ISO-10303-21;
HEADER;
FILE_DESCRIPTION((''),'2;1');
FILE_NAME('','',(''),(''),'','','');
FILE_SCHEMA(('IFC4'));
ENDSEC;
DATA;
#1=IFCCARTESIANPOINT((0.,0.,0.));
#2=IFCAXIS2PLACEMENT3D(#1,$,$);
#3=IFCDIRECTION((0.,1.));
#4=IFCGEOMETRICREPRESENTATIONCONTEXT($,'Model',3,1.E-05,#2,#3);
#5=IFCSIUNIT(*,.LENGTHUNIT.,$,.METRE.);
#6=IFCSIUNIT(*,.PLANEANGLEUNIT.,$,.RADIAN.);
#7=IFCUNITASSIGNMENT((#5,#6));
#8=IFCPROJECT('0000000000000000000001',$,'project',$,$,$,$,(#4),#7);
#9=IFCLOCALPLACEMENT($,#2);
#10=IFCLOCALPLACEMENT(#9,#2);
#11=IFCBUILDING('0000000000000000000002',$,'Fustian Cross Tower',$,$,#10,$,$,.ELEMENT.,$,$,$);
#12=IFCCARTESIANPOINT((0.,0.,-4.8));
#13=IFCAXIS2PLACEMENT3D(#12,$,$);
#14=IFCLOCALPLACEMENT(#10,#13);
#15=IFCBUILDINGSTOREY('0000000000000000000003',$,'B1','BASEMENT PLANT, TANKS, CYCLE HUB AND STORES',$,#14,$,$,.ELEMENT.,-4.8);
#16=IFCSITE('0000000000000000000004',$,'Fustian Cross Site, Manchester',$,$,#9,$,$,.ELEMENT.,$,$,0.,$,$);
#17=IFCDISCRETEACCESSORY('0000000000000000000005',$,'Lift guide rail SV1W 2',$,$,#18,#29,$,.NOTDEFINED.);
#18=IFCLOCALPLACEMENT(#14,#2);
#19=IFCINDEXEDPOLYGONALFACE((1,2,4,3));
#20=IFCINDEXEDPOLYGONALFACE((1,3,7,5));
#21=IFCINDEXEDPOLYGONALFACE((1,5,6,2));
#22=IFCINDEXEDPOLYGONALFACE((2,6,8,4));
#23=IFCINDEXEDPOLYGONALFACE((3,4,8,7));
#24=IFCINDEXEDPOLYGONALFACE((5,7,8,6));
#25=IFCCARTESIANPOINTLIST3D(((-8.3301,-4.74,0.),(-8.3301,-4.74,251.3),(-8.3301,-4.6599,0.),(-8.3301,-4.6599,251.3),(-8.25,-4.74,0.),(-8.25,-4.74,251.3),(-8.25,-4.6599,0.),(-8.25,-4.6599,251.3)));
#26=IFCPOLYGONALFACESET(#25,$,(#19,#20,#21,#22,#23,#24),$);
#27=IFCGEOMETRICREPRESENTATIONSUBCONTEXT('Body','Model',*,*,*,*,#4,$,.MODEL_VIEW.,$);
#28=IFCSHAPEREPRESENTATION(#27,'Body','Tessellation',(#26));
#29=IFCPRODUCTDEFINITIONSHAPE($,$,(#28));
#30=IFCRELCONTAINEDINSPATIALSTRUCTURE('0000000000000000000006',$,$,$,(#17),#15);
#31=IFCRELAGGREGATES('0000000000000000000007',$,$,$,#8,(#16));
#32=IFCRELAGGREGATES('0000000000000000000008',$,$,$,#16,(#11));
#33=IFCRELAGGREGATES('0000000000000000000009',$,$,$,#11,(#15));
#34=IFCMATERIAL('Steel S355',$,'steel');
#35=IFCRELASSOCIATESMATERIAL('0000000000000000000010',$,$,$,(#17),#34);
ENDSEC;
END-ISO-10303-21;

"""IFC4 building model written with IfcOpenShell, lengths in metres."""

from ifc_helpers import new_model, si_unit, direction, frame, origin, origin_2d, place, context, subcontext, project, spatial, rectangle, extrude, material, element, save


model = new_model("IFC4")

# Units and contexts
model_context = context("Model", 3, precision=1e-05, world=origin(), true_north=direction((0.0, 1.0)))
body_context = subcontext(model_context, "Body", "Model", "MODEL_VIEW")
ifc_project = project(units=[si_unit("LENGTHUNIT", "METRE"), si_unit("PLANEANGLEUNIT", "RADIAN")], contexts=[model_context])

# Site, building, storey
site_placement = place(None, origin())
site = spatial("IfcSite", under=ifc_project, at=site_placement, Name="Fustian Cross Site, Manchester", CompositionType="ELEMENT", RefElevation=0.0)
building_placement = place(site_placement, origin())
building = spatial("IfcBuilding", under=site, at=building_placement, Name="Fustian Cross Tower", CompositionType="ELEMENT")
storey_placement = place(building_placement, frame((0.0, 0.0, -4.8)))
storey = spatial("IfcBuildingStorey", under=building, at=storey_placement, Name="B1", Description="BASEMENT PLANT, TANKS, CYCLE HUB AND STORES", CompositionType="ELEMENT", Elevation=-4.8)

# Discrete accessory
ifc_material_1 = material(Name="Steel S355", Category="steel")
for number, where, z_axis, x_axis, name in (
    (1, (-8.29, -4.7, 0.0), (0.0, 0.0, 1.0), (1.0, 0.0, 0.0), "Lift guide rail SV1W 2"),
):
    element("IfcDiscreteAccessory", number, at=place(storey_placement, frame(where, z_axis=z_axis, x_axis=x_axis)), inside=storey, material=ifc_material_1, Name=name, PredefinedType="NOTDEFINED", context=body_context, shape_type="SweptSolid", body=[
        extrude(rectangle(XDim=0.0801, YDim=0.0801, at=origin_2d()), origin(), (0.0, 0.0, 1.0), 251.3),
    ])

save(model, "model.ifc")
